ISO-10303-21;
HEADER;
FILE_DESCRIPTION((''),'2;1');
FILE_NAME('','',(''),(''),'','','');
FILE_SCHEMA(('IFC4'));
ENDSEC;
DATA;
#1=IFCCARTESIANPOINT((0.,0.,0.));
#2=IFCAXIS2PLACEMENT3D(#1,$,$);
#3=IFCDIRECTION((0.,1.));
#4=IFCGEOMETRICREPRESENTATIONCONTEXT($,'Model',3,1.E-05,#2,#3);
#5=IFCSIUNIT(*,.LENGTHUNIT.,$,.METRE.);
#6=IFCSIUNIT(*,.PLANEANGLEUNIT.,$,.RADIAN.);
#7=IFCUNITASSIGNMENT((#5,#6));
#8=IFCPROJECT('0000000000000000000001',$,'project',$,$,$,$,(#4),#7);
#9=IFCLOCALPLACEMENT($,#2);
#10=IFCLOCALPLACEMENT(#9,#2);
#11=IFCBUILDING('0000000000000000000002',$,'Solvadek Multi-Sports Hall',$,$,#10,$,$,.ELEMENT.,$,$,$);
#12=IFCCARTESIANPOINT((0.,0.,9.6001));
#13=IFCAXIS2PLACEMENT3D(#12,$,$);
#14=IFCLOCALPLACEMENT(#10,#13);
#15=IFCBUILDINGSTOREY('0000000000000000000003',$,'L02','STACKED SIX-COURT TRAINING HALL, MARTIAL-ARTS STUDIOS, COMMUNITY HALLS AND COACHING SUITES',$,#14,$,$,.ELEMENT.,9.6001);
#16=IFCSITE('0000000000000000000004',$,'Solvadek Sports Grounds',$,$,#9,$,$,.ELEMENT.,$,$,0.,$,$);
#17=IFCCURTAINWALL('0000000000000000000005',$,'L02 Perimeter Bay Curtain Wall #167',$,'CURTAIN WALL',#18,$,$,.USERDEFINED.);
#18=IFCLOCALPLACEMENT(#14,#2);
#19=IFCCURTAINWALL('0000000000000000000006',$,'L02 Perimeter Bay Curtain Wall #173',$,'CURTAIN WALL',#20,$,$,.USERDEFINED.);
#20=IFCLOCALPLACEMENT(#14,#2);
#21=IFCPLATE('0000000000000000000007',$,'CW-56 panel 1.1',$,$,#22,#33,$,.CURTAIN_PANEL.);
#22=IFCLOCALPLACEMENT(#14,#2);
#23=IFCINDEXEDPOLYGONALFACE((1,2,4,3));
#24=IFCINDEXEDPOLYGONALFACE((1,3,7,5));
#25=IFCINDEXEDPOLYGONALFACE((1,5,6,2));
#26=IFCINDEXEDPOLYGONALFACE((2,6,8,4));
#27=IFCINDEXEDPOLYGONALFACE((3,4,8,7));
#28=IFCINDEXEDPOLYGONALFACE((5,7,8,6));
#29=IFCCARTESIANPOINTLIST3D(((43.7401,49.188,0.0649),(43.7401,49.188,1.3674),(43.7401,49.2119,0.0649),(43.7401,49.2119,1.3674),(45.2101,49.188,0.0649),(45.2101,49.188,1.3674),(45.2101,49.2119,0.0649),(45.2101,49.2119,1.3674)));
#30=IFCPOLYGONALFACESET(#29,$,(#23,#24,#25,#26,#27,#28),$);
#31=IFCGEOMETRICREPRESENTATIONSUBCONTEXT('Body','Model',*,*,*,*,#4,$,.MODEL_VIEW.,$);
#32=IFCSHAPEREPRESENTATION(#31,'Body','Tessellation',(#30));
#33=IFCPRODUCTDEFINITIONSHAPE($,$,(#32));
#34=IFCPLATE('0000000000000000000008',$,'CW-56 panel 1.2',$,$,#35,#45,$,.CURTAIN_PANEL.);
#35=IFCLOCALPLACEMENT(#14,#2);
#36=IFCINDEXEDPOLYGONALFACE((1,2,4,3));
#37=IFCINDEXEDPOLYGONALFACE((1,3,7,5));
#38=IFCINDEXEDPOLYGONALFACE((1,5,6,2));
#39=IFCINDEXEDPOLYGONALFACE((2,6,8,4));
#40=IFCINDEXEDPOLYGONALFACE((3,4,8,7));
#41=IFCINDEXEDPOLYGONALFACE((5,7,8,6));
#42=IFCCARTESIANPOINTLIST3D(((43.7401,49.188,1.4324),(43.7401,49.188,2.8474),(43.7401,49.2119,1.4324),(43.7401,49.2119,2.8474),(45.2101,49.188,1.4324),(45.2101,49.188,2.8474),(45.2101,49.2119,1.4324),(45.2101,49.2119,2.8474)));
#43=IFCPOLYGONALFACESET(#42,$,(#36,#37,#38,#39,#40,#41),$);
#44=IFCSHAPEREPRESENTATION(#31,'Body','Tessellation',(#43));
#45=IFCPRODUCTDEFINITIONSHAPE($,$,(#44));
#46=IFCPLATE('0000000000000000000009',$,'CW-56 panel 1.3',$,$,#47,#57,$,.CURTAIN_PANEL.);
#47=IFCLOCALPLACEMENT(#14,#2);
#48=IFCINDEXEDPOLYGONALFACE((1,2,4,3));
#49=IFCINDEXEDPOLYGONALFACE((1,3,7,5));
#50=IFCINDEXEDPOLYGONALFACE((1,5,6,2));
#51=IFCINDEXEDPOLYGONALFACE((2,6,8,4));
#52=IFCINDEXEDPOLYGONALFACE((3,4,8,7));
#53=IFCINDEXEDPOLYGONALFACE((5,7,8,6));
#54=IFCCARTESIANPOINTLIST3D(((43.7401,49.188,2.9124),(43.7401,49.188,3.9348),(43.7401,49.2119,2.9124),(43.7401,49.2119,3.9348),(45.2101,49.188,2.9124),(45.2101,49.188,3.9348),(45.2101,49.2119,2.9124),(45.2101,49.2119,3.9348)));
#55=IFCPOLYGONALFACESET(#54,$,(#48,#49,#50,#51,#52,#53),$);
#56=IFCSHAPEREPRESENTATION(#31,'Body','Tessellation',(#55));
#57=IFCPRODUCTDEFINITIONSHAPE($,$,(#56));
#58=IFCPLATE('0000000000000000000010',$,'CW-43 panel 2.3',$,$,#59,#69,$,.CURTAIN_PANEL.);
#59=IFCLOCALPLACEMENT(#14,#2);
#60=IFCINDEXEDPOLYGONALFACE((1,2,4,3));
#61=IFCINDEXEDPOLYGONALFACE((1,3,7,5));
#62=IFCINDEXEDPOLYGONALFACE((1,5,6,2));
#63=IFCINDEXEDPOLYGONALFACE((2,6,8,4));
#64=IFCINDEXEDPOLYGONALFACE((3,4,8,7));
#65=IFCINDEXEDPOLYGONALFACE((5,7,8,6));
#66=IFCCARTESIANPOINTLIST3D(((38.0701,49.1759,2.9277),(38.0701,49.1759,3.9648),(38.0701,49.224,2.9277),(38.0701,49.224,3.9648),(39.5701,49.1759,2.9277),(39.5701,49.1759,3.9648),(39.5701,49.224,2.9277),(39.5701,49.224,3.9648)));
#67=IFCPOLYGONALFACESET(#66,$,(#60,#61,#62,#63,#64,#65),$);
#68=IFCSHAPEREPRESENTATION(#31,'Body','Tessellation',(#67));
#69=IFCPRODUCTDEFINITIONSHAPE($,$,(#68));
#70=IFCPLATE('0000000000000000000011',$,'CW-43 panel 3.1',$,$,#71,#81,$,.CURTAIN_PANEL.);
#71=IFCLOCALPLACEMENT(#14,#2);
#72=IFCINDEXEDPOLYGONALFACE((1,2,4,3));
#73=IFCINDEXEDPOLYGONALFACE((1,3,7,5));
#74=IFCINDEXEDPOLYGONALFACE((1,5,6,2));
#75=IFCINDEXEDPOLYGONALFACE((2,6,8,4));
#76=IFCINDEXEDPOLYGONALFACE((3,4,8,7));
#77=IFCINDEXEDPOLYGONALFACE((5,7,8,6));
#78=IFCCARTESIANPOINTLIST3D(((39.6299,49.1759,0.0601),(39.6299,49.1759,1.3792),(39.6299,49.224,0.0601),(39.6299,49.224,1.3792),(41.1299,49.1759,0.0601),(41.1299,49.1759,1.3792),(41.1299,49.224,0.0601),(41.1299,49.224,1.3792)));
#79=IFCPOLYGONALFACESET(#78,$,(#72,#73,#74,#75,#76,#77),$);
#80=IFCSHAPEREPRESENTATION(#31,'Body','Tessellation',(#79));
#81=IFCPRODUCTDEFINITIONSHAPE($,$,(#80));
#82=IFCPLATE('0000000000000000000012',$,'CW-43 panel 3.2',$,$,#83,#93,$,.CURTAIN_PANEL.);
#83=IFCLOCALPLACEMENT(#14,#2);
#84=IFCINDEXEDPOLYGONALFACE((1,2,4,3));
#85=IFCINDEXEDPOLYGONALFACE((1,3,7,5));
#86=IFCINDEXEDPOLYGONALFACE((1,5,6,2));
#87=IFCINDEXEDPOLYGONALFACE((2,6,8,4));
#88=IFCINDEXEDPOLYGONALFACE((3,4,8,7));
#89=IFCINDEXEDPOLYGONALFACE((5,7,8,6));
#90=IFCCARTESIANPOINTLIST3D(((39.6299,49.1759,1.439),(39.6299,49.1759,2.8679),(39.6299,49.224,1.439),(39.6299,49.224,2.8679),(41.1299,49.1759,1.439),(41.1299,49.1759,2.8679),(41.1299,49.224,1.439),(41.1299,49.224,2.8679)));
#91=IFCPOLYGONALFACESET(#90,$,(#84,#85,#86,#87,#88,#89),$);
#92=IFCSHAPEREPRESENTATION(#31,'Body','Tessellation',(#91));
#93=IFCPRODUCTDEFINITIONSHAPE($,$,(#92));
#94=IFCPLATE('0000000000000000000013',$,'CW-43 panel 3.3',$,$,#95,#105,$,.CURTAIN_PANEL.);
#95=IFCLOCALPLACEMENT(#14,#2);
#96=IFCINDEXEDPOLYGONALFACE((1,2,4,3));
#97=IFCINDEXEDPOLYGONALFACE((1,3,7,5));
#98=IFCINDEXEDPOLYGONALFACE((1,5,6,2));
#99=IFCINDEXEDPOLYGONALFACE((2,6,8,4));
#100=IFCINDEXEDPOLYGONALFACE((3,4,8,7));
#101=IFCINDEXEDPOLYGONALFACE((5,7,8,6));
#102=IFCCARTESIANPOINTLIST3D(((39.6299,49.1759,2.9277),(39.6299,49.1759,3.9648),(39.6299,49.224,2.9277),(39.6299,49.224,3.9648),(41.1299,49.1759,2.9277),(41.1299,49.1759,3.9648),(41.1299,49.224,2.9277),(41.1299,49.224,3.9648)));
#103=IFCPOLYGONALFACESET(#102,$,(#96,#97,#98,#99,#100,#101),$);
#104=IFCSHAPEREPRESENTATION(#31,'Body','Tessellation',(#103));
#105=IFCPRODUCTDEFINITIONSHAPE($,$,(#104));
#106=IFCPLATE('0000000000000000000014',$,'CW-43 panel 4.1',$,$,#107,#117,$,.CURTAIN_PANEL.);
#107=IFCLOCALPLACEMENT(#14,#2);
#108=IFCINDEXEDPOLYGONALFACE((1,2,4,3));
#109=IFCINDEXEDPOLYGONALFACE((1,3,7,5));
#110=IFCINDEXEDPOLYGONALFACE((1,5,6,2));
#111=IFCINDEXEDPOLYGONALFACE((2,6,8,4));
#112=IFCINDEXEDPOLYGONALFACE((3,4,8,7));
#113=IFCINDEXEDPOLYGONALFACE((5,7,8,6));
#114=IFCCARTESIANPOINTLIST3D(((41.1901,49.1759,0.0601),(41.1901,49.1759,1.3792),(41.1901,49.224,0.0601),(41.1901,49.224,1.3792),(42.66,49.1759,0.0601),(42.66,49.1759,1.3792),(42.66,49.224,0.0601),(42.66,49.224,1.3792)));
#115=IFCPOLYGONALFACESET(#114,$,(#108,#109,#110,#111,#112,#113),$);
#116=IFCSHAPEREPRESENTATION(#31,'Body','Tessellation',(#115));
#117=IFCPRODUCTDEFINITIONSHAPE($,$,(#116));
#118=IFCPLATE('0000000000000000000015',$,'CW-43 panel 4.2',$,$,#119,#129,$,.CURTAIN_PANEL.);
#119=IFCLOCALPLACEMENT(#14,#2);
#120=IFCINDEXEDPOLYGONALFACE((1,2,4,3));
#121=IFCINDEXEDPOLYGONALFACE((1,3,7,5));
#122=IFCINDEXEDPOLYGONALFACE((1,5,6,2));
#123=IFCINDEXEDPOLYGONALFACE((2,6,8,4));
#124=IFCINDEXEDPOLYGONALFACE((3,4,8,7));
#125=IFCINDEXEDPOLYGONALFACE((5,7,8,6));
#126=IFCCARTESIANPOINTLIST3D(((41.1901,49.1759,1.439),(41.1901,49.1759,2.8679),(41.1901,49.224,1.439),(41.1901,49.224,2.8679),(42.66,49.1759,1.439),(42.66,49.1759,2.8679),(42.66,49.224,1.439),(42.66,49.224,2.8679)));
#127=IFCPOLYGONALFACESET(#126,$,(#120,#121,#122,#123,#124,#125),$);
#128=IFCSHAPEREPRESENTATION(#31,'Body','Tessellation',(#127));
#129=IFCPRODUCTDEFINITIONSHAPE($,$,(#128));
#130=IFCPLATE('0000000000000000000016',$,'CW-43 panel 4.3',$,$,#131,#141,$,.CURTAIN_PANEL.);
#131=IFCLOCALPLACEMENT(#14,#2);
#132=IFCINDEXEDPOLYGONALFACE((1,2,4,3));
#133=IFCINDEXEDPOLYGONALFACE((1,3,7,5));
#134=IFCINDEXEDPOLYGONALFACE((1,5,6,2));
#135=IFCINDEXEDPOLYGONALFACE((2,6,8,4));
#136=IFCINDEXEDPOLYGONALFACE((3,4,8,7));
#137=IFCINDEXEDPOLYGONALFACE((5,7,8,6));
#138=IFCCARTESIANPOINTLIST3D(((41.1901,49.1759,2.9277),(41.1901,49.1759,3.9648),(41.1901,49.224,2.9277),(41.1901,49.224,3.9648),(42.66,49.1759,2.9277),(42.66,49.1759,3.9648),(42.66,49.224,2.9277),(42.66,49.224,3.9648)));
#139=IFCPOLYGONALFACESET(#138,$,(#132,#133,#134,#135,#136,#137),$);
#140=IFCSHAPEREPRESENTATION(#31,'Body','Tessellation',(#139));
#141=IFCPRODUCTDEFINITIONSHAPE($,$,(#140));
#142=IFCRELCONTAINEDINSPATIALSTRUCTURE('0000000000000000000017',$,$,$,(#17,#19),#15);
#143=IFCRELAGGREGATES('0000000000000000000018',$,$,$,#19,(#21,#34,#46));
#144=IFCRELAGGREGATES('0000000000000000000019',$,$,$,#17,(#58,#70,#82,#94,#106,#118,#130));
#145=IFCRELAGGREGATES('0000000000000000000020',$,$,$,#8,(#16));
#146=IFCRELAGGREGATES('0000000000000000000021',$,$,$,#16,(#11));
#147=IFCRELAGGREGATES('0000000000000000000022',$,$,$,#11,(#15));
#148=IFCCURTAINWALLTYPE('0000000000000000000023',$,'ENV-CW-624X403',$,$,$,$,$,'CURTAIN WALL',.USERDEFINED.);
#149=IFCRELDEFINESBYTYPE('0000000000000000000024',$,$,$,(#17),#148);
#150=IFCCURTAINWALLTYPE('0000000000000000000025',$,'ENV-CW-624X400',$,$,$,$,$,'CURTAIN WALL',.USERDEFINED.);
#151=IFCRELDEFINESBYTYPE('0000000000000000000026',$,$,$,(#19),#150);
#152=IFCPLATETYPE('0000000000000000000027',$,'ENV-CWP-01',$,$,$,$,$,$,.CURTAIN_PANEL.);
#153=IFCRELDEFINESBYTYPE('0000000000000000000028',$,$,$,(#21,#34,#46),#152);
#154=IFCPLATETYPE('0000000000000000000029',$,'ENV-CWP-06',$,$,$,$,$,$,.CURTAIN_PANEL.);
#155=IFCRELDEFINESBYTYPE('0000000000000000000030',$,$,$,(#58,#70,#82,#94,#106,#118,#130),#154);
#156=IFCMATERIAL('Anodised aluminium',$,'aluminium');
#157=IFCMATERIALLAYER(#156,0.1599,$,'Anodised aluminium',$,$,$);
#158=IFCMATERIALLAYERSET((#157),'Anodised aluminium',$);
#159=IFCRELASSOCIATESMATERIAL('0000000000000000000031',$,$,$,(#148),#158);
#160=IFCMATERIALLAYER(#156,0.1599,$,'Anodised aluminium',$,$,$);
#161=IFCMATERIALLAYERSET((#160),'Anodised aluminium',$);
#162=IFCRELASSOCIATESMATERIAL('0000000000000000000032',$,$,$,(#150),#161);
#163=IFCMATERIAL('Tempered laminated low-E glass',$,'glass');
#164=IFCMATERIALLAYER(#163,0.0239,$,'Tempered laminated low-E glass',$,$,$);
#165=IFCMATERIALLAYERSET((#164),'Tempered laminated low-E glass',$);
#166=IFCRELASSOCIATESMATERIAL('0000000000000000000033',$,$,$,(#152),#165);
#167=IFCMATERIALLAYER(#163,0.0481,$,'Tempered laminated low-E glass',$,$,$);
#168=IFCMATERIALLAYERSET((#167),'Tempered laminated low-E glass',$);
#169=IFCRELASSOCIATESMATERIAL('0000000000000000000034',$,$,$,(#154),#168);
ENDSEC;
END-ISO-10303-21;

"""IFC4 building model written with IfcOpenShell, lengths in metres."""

from ifc_helpers import new_model, si_unit, direction, frame, origin, origin_2d, place, context, subcontext, project, spatial, rectangle, extrude, material, layer, layer_set, type_object, element, aggregate, save


model = new_model("IFC4")

# Units and contexts
model_context = context("Model", 3, precision=1e-05, world=origin(), true_north=direction((0.0, 1.0)))
body_context = subcontext(model_context, "Body", "Model", "MODEL_VIEW")
ifc_project = project(units=[si_unit("LENGTHUNIT", "METRE"), si_unit("PLANEANGLEUNIT", "RADIAN")], contexts=[model_context])

# Site, building, storey
site_placement = place(None, origin())
site = spatial("IfcSite", under=ifc_project, at=site_placement, Name="Solvadek Sports Grounds", CompositionType="ELEMENT", RefElevation=0.0)
building_placement = place(site_placement, origin())
building = spatial("IfcBuilding", under=site, at=building_placement, Name="Solvadek Multi-Sports Hall", CompositionType="ELEMENT")
storey_placement = place(building_placement, frame((0.0, 0.0, 9.6001)))
storey = spatial("IfcBuildingStorey", under=building, at=storey_placement, Name="L02", Description="STACKED SIX-COURT TRAINING HALL, MARTIAL-ARTS STUDIOS, COMMUNITY HALLS AND COACHING SUITES", CompositionType="ELEMENT", Elevation=9.6001)

# Curtain walls
ifc_material_1 = material(Name="Anodised aluminium", Category="aluminium")
ifc_layer_1 = layer(ifc_material_1, 0.1599, Name="Anodised aluminium")
ifc_layer_set_1 = layer_set([ifc_layer_1], Name="Anodised aluminium")
curtain_wall_type_1 = type_object("IfcCurtainWallType", Name="ENV-CW-624X403", ElementType="CURTAIN WALL", PredefinedType="USERDEFINED", material=ifc_layer_set_1)
curtain_wall_1_placement = place(storey_placement, origin())
curtain_wall_1 = element("IfcCurtainWall", 1, at=curtain_wall_1_placement, inside=storey, type_object=curtain_wall_type_1, Name="L02 Perimeter Bay Curtain Wall #167", ObjectType="CURTAIN WALL", PredefinedType="USERDEFINED")
ifc_layer_2 = layer(ifc_material_1, 0.1599, Name="Anodised aluminium")
ifc_layer_set_2 = layer_set([ifc_layer_2], Name="Anodised aluminium")
curtain_wall_type_2 = type_object("IfcCurtainWallType", Name="ENV-CW-624X400", ElementType="CURTAIN WALL", PredefinedType="USERDEFINED", material=ifc_layer_set_2)
curtain_wall_2_placement = place(storey_placement, origin())
curtain_wall_2 = element("IfcCurtainWall", 2, at=curtain_wall_2_placement, inside=storey, type_object=curtain_wall_type_2, Name="L02 Perimeter Bay Curtain Wall #173", ObjectType="CURTAIN WALL", PredefinedType="USERDEFINED")

# Plates
ifc_material_2 = material(Name="Tempered laminated low-E glass", Category="glass")
ifc_layer_3 = layer(ifc_material_2, 0.0239, Name="Tempered laminated low-E glass")
ifc_layer_set_3 = layer_set([ifc_layer_3], Name="Tempered laminated low-E glass")
plate_type_1 = type_object("IfcPlateType", Name="ENV-CWP-01", PredefinedType="CURTAIN_PANEL", material=ifc_layer_set_3)
plate_1_placement = place(storey_placement, frame((44.4751, 49.2, 0.0649), z_axis=(0.0, 0.0, 1.0), x_axis=(1.0, 0.0, 0.0)))
plate_1 = element("IfcPlate", 3, at=plate_1_placement, type_object=plate_type_1, Name="CW-56 panel 1.1", PredefinedType="CURTAIN_PANEL", context=body_context, shape_type="SweptSolid", body=[
    extrude(rectangle(XDim=1.47, YDim=0.0239, at=origin_2d()), origin(), (0.0, 0.0, 1.0), 1.3025),
])
plate_2_placement = place(storey_placement, frame((44.4751, 49.2, 1.4324), z_axis=(0.0, 0.0, 1.0), x_axis=(1.0, 0.0, 0.0)))
plate_2 = element("IfcPlate", 4, at=plate_2_placement, type_object=plate_type_1, Name="CW-56 panel 1.2", PredefinedType="CURTAIN_PANEL", context=body_context, shape_type="SweptSolid", body=[
    extrude(rectangle(XDim=1.47, YDim=0.0239, at=origin_2d()), origin(), (0.0, 0.0, 1.0), 1.415),
])
plate_3_placement = place(storey_placement, frame((44.4751, 49.2, 2.9124), z_axis=(0.0, 0.0, 1.0), x_axis=(1.0, 0.0, 0.0)))
plate_3 = element("IfcPlate", 5, at=plate_3_placement, type_object=plate_type_1, Name="CW-56 panel 1.3", PredefinedType="CURTAIN_PANEL", context=body_context, shape_type="SweptSolid", body=[
    extrude(rectangle(XDim=1.47, YDim=0.0239, at=origin_2d()), origin(), (0.0, 0.0, 1.0), 1.0225),
])
aggregate(curtain_wall_2, [plate_1, plate_2, plate_3])
ifc_layer_4 = layer(ifc_material_2, 0.0481, Name="Tempered laminated low-E glass")
ifc_layer_set_4 = layer_set([ifc_layer_4], Name="Tempered laminated low-E glass")
plate_type_2 = type_object("IfcPlateType", Name="ENV-CWP-06", PredefinedType="CURTAIN_PANEL", material=ifc_layer_set_4)
plate_4_placement = place(storey_placement, frame((38.8201, 49.2, 2.9277), z_axis=(0.0, 0.0, 1.0), x_axis=(1.0, 0.0, 0.0)))
plate_4 = element("IfcPlate", 6, at=plate_4_placement, type_object=plate_type_2, Name="CW-43 panel 2.3", PredefinedType="CURTAIN_PANEL", context=body_context, shape_type="SweptSolid", body=[
    extrude(rectangle(XDim=1.5, YDim=0.0481, at=origin_2d()), origin(), (0.0, 0.0, 1.0), 1.0371),
])
plate_5_placement = place(storey_placement, frame((40.3799, 49.2, 0.0601), z_axis=(0.0, 0.0, 1.0), x_axis=(1.0, 0.0, 0.0)))
plate_5 = element("IfcPlate", 7, at=plate_5_placement, type_object=plate_type_2, Name="CW-43 panel 3.1", PredefinedType="CURTAIN_PANEL", context=body_context, shape_type="SweptSolid", body=[
    extrude(rectangle(XDim=1.5, YDim=0.0481, at=origin_2d()), origin(), (0.0, 0.0, 1.0), 1.3191),
])
plate_6_placement = place(storey_placement, frame((40.3799, 49.2, 1.439), z_axis=(0.0, 0.0, 1.0), x_axis=(1.0, 0.0, 0.0)))
plate_6 = element("IfcPlate", 8, at=plate_6_placement, type_object=plate_type_2, Name="CW-43 panel 3.2", PredefinedType="CURTAIN_PANEL", context=body_context, shape_type="SweptSolid", body=[
    extrude(rectangle(XDim=1.5, YDim=0.0481, at=origin_2d()), origin(), (0.0, 0.0, 1.0), 1.429),
])
plate_7_placement = place(storey_placement, frame((40.3799, 49.2, 2.9277), z_axis=(0.0, 0.0, 1.0), x_axis=(1.0, 0.0, 0.0)))
plate_7 = element("IfcPlate", 9, at=plate_7_placement, type_object=plate_type_2, Name="CW-43 panel 3.3", PredefinedType="CURTAIN_PANEL", context=body_context, shape_type="SweptSolid", body=[
    extrude(rectangle(XDim=1.5, YDim=0.0481, at=origin_2d()), origin(), (0.0, 0.0, 1.0), 1.0371),
])
plate_8_placement = place(storey_placement, frame((41.925, 49.2, 0.0601), z_axis=(0.0, 0.0, 1.0), x_axis=(1.0, 0.0, 0.0)))
plate_8 = element("IfcPlate", 10, at=plate_8_placement, type_object=plate_type_2, Name="CW-43 panel 4.1", PredefinedType="CURTAIN_PANEL", context=body_context, shape_type="SweptSolid", body=[
    extrude(rectangle(XDim=1.47, YDim=0.0481, at=origin_2d()), origin(), (0.0, 0.0, 1.0), 1.3191),
])
plate_9_placement = place(storey_placement, frame((41.925, 49.2, 1.439), z_axis=(0.0, 0.0, 1.0), x_axis=(1.0, 0.0, 0.0)))
plate_9 = element("IfcPlate", 11, at=plate_9_placement, type_object=plate_type_2, Name="CW-43 panel 4.2", PredefinedType="CURTAIN_PANEL", context=body_context, shape_type="SweptSolid", body=[
    extrude(rectangle(XDim=1.47, YDim=0.0481, at=origin_2d()), origin(), (0.0, 0.0, 1.0), 1.429),
])
plate_10_placement = place(storey_placement, frame((41.925, 49.2, 2.9277), z_axis=(0.0, 0.0, 1.0), x_axis=(1.0, 0.0, 0.0)))
plate_10 = element("IfcPlate", 12, at=plate_10_placement, type_object=plate_type_2, Name="CW-43 panel 4.3", PredefinedType="CURTAIN_PANEL", context=body_context, shape_type="SweptSolid", body=[
    extrude(rectangle(XDim=1.47, YDim=0.0481, at=origin_2d()), origin(), (0.0, 0.0, 1.0), 1.0371),
])
aggregate(curtain_wall_1, [plate_4, plate_5, plate_6, plate_7, plate_8, plate_9, plate_10])

save(model, "model.ifc")
